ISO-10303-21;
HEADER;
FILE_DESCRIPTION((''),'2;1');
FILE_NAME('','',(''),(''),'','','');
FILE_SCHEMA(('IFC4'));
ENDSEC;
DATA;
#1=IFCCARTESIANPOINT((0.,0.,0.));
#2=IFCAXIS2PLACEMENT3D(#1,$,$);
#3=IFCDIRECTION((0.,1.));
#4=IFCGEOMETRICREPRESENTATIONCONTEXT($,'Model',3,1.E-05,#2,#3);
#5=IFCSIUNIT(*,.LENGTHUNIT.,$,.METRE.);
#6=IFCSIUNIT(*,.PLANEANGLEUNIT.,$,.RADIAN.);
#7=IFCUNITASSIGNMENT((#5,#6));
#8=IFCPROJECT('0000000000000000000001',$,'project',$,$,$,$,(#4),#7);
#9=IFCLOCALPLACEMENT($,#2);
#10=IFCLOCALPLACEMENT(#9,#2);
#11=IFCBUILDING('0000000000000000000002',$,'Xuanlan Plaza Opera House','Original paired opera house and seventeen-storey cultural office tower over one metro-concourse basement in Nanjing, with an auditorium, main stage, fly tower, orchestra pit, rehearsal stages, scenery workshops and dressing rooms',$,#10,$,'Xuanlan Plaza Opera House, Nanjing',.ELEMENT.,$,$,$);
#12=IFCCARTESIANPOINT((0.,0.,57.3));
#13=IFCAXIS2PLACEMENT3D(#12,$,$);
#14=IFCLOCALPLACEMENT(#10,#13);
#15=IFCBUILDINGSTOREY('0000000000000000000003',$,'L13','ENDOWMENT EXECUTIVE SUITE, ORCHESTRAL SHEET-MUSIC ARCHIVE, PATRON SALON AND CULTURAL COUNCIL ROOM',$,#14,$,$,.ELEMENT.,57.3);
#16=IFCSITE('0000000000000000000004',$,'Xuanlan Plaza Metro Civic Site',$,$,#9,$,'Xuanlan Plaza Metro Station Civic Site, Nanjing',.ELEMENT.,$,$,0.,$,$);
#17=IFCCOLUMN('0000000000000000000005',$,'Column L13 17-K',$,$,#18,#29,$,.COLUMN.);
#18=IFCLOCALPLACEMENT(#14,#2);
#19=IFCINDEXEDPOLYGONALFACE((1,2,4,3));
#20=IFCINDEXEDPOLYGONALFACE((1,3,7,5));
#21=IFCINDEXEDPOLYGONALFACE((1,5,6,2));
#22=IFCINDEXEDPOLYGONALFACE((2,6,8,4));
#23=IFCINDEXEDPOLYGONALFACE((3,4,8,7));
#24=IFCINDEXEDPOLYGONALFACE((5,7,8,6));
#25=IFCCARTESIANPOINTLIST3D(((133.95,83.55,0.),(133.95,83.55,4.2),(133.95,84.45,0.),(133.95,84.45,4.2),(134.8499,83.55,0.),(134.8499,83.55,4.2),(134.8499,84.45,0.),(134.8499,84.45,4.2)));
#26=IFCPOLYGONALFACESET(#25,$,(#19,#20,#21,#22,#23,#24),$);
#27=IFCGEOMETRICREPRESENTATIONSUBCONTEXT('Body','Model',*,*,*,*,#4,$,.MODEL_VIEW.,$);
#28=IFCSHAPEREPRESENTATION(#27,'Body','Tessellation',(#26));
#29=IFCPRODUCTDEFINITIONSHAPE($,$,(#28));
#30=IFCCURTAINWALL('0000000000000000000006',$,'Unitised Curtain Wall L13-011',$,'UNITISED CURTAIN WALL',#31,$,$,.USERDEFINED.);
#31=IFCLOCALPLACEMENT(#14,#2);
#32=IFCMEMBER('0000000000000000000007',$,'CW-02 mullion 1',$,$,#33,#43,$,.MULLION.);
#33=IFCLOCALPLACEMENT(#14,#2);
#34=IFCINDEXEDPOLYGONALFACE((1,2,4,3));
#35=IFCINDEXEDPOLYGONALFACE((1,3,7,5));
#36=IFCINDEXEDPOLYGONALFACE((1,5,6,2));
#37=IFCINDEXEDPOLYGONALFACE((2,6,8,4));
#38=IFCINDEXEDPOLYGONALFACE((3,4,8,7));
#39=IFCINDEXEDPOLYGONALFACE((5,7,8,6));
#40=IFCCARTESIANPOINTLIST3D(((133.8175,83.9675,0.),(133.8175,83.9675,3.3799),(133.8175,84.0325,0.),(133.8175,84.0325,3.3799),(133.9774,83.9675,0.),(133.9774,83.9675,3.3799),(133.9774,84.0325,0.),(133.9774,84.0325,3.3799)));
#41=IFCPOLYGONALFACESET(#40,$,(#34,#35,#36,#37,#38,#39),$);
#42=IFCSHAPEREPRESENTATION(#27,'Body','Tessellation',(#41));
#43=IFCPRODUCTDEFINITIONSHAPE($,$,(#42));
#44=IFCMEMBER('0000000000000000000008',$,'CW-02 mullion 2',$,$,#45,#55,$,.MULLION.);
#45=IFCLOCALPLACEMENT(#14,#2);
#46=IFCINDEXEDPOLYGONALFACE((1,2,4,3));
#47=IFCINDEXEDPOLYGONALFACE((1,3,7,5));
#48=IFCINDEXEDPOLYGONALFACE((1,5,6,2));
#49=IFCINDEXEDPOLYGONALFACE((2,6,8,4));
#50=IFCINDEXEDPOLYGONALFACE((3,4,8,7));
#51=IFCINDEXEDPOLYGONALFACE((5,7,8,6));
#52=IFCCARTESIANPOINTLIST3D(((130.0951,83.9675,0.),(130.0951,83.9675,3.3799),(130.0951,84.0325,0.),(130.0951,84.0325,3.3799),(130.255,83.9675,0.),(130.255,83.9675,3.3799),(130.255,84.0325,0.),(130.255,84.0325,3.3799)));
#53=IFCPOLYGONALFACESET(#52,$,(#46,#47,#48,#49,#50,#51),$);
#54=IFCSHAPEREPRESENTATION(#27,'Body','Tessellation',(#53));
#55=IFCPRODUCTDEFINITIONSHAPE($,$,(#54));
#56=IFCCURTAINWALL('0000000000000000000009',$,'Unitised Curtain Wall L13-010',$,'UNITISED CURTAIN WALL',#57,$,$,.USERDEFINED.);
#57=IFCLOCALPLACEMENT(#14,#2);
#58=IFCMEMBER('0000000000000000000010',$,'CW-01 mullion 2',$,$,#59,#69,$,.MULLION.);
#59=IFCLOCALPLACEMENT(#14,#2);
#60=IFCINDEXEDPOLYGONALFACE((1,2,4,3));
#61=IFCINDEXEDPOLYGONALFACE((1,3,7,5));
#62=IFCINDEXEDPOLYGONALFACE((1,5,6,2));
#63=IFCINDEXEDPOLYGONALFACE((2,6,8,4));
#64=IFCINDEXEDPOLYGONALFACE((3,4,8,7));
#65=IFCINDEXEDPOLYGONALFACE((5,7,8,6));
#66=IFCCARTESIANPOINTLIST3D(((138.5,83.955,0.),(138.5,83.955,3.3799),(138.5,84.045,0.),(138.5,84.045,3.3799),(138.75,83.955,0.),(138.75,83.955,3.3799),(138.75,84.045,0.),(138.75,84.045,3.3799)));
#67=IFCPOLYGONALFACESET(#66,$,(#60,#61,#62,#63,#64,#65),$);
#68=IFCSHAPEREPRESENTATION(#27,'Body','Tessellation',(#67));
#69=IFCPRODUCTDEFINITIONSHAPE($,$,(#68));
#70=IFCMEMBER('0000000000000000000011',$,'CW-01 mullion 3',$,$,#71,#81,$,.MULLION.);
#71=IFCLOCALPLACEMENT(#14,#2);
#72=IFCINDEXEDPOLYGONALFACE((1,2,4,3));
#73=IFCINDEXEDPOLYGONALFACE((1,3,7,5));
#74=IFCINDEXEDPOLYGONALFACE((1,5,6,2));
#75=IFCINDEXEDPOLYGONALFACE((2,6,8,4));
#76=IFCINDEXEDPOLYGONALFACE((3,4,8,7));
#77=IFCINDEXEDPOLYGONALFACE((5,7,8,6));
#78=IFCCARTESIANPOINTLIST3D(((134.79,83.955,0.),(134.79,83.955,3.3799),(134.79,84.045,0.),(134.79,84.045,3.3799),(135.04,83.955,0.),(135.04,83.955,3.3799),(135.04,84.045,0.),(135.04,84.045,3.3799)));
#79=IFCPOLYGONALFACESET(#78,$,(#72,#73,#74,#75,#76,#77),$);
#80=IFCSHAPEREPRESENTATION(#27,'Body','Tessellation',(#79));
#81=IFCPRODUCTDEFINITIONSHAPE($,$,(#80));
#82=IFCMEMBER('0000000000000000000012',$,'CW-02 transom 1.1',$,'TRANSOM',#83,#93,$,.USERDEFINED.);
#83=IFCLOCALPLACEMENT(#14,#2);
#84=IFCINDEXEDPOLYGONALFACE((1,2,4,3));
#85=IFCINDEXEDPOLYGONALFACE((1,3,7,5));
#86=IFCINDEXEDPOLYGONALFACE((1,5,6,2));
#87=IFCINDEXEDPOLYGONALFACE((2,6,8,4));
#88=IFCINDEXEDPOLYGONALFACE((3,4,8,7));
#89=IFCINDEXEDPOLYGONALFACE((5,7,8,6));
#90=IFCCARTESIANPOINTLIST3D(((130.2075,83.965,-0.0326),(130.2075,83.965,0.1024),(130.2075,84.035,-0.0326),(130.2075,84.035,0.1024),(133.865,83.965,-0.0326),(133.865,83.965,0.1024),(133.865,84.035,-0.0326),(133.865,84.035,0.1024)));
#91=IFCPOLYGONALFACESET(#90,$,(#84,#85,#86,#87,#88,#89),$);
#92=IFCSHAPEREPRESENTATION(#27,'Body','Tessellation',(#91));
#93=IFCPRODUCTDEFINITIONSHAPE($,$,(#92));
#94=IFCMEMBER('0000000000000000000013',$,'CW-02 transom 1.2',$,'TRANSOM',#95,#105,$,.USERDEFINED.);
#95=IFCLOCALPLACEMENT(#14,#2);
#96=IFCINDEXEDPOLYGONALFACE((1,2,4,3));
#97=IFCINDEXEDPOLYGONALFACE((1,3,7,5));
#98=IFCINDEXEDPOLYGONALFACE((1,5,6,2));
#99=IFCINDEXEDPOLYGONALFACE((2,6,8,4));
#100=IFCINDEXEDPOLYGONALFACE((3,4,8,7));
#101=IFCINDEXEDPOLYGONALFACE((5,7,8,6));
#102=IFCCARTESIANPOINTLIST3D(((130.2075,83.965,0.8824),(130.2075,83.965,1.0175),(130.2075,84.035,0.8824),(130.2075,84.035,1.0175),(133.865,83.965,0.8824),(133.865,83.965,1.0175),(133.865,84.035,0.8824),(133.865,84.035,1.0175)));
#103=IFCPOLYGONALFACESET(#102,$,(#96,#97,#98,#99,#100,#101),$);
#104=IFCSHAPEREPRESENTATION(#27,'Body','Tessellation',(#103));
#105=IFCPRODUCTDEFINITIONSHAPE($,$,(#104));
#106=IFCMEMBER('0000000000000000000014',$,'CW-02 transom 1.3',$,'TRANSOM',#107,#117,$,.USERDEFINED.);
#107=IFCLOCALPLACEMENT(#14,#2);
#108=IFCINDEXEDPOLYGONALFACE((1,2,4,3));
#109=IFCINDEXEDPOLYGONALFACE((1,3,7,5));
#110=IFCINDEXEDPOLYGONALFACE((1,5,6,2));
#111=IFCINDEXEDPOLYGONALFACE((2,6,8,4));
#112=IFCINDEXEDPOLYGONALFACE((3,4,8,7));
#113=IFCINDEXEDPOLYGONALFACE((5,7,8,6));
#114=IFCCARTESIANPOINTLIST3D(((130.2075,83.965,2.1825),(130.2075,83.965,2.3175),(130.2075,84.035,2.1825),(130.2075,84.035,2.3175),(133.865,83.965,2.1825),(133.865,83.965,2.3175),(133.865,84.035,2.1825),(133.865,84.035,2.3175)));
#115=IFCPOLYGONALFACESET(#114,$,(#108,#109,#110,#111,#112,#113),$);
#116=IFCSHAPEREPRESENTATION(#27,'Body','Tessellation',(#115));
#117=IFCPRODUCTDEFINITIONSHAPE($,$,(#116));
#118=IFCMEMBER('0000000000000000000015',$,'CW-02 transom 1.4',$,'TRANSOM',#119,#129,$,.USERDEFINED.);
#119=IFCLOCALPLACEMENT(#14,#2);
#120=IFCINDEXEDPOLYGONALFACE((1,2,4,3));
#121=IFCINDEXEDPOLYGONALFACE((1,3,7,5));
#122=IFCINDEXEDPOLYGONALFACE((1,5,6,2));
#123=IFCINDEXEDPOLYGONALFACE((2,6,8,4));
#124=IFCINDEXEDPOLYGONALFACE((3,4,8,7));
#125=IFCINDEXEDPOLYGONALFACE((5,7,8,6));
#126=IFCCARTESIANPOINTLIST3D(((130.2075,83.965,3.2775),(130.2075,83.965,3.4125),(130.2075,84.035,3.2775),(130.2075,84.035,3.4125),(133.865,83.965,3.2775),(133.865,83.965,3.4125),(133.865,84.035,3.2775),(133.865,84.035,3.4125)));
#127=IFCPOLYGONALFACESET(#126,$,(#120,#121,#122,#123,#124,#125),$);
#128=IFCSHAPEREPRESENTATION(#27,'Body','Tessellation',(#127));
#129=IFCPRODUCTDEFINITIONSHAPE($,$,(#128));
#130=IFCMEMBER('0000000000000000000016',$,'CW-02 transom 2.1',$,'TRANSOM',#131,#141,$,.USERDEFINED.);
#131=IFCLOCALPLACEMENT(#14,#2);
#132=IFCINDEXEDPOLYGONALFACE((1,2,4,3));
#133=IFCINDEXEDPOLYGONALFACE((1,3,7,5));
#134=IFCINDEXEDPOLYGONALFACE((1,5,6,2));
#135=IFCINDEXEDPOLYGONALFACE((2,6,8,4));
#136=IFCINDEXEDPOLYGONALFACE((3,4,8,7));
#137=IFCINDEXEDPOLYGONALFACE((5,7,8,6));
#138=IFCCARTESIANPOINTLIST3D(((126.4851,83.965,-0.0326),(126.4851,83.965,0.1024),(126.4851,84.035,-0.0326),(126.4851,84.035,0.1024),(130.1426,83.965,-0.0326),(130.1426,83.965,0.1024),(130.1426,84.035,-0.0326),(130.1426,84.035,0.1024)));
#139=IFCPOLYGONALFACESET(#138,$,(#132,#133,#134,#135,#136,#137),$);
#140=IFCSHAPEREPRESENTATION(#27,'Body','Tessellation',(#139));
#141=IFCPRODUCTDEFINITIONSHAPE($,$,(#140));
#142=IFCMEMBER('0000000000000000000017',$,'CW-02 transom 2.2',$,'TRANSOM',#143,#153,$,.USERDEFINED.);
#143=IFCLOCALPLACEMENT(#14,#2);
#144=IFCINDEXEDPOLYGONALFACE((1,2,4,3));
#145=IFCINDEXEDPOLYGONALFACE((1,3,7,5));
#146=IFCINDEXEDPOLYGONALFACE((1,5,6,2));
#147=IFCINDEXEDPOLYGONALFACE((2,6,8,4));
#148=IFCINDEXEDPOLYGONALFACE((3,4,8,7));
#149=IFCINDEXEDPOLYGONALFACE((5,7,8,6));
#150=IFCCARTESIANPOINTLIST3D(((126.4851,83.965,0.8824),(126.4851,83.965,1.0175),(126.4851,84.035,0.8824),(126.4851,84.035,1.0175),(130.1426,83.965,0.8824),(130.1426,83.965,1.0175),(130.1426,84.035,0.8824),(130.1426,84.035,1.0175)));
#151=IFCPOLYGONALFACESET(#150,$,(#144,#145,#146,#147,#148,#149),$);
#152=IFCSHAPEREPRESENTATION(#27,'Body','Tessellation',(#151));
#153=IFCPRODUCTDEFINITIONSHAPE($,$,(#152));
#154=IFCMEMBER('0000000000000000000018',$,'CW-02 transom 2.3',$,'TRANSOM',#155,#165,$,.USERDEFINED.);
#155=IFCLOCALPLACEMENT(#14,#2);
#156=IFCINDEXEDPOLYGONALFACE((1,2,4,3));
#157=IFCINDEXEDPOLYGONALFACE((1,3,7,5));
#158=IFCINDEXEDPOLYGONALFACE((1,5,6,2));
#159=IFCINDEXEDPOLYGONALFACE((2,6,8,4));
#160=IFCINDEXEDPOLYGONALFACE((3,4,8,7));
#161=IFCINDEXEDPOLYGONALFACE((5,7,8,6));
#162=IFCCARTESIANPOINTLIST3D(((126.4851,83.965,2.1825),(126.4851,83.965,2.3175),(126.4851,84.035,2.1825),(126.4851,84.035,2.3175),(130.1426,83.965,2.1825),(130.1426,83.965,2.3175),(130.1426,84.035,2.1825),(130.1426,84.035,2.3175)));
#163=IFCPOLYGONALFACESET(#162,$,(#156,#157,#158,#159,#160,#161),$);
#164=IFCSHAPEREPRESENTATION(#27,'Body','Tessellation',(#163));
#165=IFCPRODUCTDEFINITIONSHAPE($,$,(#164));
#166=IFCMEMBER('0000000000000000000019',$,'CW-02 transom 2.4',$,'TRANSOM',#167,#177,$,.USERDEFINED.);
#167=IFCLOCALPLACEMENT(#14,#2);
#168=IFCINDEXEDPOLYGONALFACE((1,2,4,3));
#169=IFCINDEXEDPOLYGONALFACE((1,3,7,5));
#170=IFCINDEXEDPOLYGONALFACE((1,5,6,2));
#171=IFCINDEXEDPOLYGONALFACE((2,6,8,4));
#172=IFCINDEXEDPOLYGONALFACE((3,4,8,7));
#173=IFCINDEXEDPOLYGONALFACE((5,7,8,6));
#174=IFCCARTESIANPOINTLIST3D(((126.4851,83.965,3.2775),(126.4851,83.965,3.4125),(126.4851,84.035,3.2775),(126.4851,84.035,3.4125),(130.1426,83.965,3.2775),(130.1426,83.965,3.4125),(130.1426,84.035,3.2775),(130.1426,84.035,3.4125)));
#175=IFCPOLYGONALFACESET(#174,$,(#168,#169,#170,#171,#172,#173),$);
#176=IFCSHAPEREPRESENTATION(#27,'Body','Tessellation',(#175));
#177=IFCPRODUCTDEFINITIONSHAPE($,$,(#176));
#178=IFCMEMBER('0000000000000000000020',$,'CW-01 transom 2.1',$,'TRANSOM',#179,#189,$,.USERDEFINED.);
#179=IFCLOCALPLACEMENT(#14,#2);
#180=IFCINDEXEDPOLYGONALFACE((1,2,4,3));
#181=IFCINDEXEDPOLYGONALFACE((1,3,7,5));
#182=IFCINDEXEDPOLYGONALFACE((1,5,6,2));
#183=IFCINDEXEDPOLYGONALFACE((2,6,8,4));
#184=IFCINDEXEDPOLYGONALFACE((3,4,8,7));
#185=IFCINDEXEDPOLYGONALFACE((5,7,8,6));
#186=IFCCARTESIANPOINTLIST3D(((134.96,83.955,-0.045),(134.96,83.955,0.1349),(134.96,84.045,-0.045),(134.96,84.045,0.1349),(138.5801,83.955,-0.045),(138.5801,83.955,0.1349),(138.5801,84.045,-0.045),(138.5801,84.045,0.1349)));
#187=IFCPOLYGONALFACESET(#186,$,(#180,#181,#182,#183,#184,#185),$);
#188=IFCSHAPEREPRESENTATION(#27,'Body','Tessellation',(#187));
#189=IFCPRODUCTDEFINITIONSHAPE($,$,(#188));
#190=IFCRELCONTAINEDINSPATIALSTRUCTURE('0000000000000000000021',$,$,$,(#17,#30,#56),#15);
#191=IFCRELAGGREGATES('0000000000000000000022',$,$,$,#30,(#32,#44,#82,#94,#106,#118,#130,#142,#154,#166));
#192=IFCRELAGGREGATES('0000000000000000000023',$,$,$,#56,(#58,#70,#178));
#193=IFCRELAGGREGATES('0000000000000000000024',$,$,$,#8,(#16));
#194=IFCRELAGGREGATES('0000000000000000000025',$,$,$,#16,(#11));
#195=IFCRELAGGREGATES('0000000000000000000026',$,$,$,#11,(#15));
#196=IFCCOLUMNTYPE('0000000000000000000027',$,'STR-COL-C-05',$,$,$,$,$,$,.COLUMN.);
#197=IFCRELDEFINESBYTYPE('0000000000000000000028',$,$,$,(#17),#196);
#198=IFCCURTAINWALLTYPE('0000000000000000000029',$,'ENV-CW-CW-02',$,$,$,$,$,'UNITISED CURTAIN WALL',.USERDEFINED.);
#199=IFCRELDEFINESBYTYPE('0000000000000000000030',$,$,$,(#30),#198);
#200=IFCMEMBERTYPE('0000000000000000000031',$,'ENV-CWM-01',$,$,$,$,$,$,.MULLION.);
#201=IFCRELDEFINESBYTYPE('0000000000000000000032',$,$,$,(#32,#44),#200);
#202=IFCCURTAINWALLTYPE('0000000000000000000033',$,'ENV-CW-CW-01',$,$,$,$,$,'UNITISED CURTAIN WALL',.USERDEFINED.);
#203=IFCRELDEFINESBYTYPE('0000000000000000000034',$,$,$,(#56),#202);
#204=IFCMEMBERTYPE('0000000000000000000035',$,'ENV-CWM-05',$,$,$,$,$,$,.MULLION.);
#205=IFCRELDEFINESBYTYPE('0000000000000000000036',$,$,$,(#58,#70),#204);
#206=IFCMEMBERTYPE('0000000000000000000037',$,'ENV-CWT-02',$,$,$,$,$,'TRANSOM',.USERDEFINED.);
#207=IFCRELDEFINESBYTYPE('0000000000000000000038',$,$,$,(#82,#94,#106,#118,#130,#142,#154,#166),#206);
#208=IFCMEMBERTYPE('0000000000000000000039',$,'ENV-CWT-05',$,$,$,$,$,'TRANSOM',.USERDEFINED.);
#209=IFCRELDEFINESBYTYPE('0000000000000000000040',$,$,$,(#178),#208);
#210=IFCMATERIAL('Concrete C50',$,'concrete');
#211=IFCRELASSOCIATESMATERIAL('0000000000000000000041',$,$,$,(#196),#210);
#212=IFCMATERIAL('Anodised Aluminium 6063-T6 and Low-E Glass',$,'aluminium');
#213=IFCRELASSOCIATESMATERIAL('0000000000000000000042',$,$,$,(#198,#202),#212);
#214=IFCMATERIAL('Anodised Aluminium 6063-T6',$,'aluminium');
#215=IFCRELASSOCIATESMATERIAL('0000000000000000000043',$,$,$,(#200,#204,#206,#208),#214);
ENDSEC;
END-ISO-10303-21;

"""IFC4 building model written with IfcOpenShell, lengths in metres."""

from ifc_helpers import new_model, si_unit, direction, frame, origin, origin_2d, place, context, subcontext, project, spatial, rectangle, extrude, material, material_profile, profile_set, type_object, element, aggregate, save


model = new_model("IFC4")

# Units and contexts
model_context = context("Model", 3, precision=1e-05, world=origin(), true_north=direction((0.0, 1.0)))
body_context = subcontext(model_context, "Body", "Model", "MODEL_VIEW")
ifc_project = project(units=[si_unit("LENGTHUNIT", "METRE"), si_unit("PLANEANGLEUNIT", "RADIAN")], contexts=[model_context])

# Site, building, storey
site_placement = place(None, origin())
site = spatial("IfcSite", under=ifc_project, at=site_placement, Name="Xuanlan Plaza Metro Civic Site", LongName="Xuanlan Plaza Metro Station Civic Site, Nanjing", CompositionType="ELEMENT", RefElevation=0.0)
building_placement = place(site_placement, origin())
building = spatial("IfcBuilding", under=site, at=building_placement, Name="Xuanlan Plaza Opera House", Description="Original paired opera house and seventeen-storey cultural office tower over one metro-concourse basement in Nanjing, with an auditorium, main stage, fly tower, orchestra pit, rehearsal stages, scenery workshops and dressing rooms", LongName="Xuanlan Plaza Opera House, Nanjing", CompositionType="ELEMENT")
storey_placement = place(building_placement, frame((0.0, 0.0, 57.3)))
storey = spatial("IfcBuildingStorey", under=building, at=storey_placement, Name="L13", Description="ENDOWMENT EXECUTIVE SUITE, ORCHESTRAL SHEET-MUSIC ARCHIVE, PATRON SALON AND CULTURAL COUNCIL ROOM", CompositionType="ELEMENT", Elevation=57.3)

# Column
ifc_material_1 = material(Name="Concrete C50", Category="concrete")
ifc_material_profile_1 = material_profile(ifc_material_1, rectangle(XDim=0.8999, YDim=0.8999, at=origin_2d()), Name="RC-COL 900x900")
ifc_profile_set_1 = profile_set([ifc_material_profile_1], Name="Concrete C50")
column_type = type_object("IfcColumnType", Name="STR-COL-C-05", PredefinedType="COLUMN", material=ifc_profile_set_1)
column_placement = place(storey_placement, frame((134.3999, 84.0, 0.0), z_axis=(0.0, 0.0, 1.0), x_axis=(1.0, 0.0, 0.0)))
element("IfcColumn", 1, at=column_placement, inside=storey, type_object=column_type, Name="Column L13 17-K", PredefinedType="COLUMN", context=body_context, shape_type="SweptSolid", body=[
    extrude(rectangle(XDim=0.8999, YDim=0.8999, at=origin_2d()), origin(), (0.0, 0.0, 1.0), 4.2),
])

# Curtain walls, members
ifc_material_2 = material(Name="Anodised Aluminium 6063-T6 and Low-E Glass", Category="aluminium")
curtain_wall_type_1 = type_object("IfcCurtainWallType", Name="ENV-CW-CW-02", ElementType="UNITISED CURTAIN WALL", PredefinedType="USERDEFINED", material=ifc_material_2)
curtain_wall_1_placement = place(storey_placement, origin())
curtain_wall_1 = element("IfcCurtainWall", 2, at=curtain_wall_1_placement, inside=storey, type_object=curtain_wall_type_1, Name="Unitised Curtain Wall L13-011", ObjectType="UNITISED CURTAIN WALL", PredefinedType="USERDEFINED")
ifc_material_3 = material(Name="Anodised Aluminium 6063-T6", Category="aluminium")
ifc_material_profile_2 = material_profile(ifc_material_3, rectangle(XDim=0.0649, YDim=0.1599, at=origin_2d()), Name="ALU-M 65x160")
ifc_profile_set_2 = profile_set([ifc_material_profile_2], Name="Anodised Aluminium 6063-T6")
member_type_1 = type_object("IfcMemberType", Name="ENV-CWM-01", PredefinedType="MULLION", material=ifc_profile_set_2)
member_1_placement = place(storey_placement, frame((133.8975, 84.0, 0.0), z_axis=(0.0, 0.0, 1.0), x_axis=(0.0, -1.0, 0.0)))
member_1 = element("IfcMember", 3, at=member_1_placement, type_object=member_type_1, Name="CW-02 mullion 1", PredefinedType="MULLION", context=body_context, shape_type="SweptSolid", body=[
    extrude(rectangle(XDim=0.0649, YDim=0.1599, at=origin_2d()), origin(), (0.0, 0.0, 1.0), 3.3799),
])
member_2_placement = place(storey_placement, frame((130.175, 84.0, 0.0), z_axis=(0.0, 0.0, 1.0), x_axis=(0.0, -1.0, 0.0)))
member_2 = element("IfcMember", 4, at=member_2_placement, type_object=member_type_1, Name="CW-02 mullion 2", PredefinedType="MULLION", context=body_context, shape_type="SweptSolid", body=[
    extrude(rectangle(XDim=0.0649, YDim=0.1599, at=origin_2d()), origin(), (0.0, 0.0, 1.0), 3.3799),
])
curtain_wall_type_2 = type_object("IfcCurtainWallType", Name="ENV-CW-CW-01", ElementType="UNITISED CURTAIN WALL", PredefinedType="USERDEFINED", material=ifc_material_2)
curtain_wall_2_placement = place(storey_placement, origin())
curtain_wall_2 = element("IfcCurtainWall", 5, at=curtain_wall_2_placement, inside=storey, type_object=curtain_wall_type_2, Name="Unitised Curtain Wall L13-010", ObjectType="UNITISED CURTAIN WALL", PredefinedType="USERDEFINED")
ifc_material_profile_3 = material_profile(ifc_material_3, rectangle(XDim=0.0901, YDim=0.25, at=origin_2d()), Name="ALU-M 90x250")
ifc_profile_set_3 = profile_set([ifc_material_profile_3], Name="Anodised Aluminium 6063-T6")
member_type_2 = type_object("IfcMemberType", Name="ENV-CWM-05", PredefinedType="MULLION", material=ifc_profile_set_3)
member_3_placement = place(storey_placement, frame((138.625, 84.0, 0.0), z_axis=(0.0, 0.0, 1.0), x_axis=(0.0, -1.0, 0.0)))
member_3 = element("IfcMember", 6, at=member_3_placement, type_object=member_type_2, Name="CW-01 mullion 2", PredefinedType="MULLION", context=body_context, shape_type="SweptSolid", body=[
    extrude(rectangle(XDim=0.0901, YDim=0.25, at=origin_2d()), origin(), (0.0, 0.0, 1.0), 3.3799),
])
member_4_placement = place(storey_placement, frame((134.915, 84.0, 0.0), z_axis=(0.0, 0.0, 1.0), x_axis=(0.0, -1.0, 0.0)))
member_4 = element("IfcMember", 7, at=member_4_placement, type_object=member_type_2, Name="CW-01 mullion 3", PredefinedType="MULLION", context=body_context, shape_type="SweptSolid", body=[
    extrude(rectangle(XDim=0.0901, YDim=0.25, at=origin_2d()), origin(), (0.0, 0.0, 1.0), 3.3799),
])

# Members
ifc_material_profile_4 = material_profile(ifc_material_3, rectangle(XDim=0.0701, YDim=0.135, at=origin_2d()), Name="ALU-T 70x135")
ifc_profile_set_4 = profile_set([ifc_material_profile_4], Name="Anodised Aluminium 6063-T6")
member_type_3 = type_object("IfcMemberType", Name="ENV-CWT-02", ElementType="TRANSOM", PredefinedType="USERDEFINED", material=ifc_profile_set_4)
member_5_placement = place(storey_placement, frame((133.865, 84.0, 0.0349), z_axis=(-1.0, 0.0, 0.0), x_axis=(0.0, -1.0, 0.0)))
member_5 = element("IfcMember", 8, at=member_5_placement, type_object=member_type_3, Name="CW-02 transom 1.1", ObjectType="TRANSOM", PredefinedType="USERDEFINED", context=body_context, shape_type="SweptSolid", body=[
    extrude(rectangle(XDim=0.0701, YDim=0.135, at=origin_2d()), origin(), (0.0, 0.0, 1.0), 3.6575),
])
member_6_placement = place(storey_placement, frame((133.865, 84.0, 0.95), z_axis=(-1.0, 0.0, 0.0), x_axis=(0.0, -1.0, 0.0)))
member_6 = element("IfcMember", 9, at=member_6_placement, type_object=member_type_3, Name="CW-02 transom 1.2", ObjectType="TRANSOM", PredefinedType="USERDEFINED", context=body_context, shape_type="SweptSolid", body=[
    extrude(rectangle(XDim=0.0701, YDim=0.135, at=origin_2d()), origin(), (0.0, 0.0, 1.0), 3.6575),
])
member_7_placement = place(storey_placement, frame((133.865, 84.0, 2.25), z_axis=(-1.0, 0.0, 0.0), x_axis=(0.0, -1.0, 0.0)))
member_7 = element("IfcMember", 10, at=member_7_placement, type_object=member_type_3, Name="CW-02 transom 1.3", ObjectType="TRANSOM", PredefinedType="USERDEFINED", context=body_context, shape_type="SweptSolid", body=[
    extrude(rectangle(XDim=0.0701, YDim=0.135, at=origin_2d()), origin(), (0.0, 0.0, 1.0), 3.6575),
])
member_8_placement = place(storey_placement, frame((133.865, 84.0, 3.345), z_axis=(-1.0, 0.0, 0.0), x_axis=(0.0, -1.0, 0.0)))
member_8 = element("IfcMember", 11, at=member_8_placement, type_object=member_type_3, Name="CW-02 transom 1.4", ObjectType="TRANSOM", PredefinedType="USERDEFINED", context=body_context, shape_type="SweptSolid", body=[
    extrude(rectangle(XDim=0.0701, YDim=0.135, at=origin_2d()), origin(), (0.0, 0.0, 1.0), 3.6575),
])
member_9_placement = place(storey_placement, frame((130.1426, 84.0, 0.0349), z_axis=(-1.0, 0.0, 0.0), x_axis=(0.0, -1.0, 0.0)))
member_9 = element("IfcMember", 12, at=member_9_placement, type_object=member_type_3, Name="CW-02 transom 2.1", ObjectType="TRANSOM", PredefinedType="USERDEFINED", context=body_context, shape_type="SweptSolid", body=[
    extrude(rectangle(XDim=0.0701, YDim=0.135, at=origin_2d()), origin(), (0.0, 0.0, 1.0), 3.6575),
])
member_10_placement = place(storey_placement, frame((130.1426, 84.0, 0.95), z_axis=(-1.0, 0.0, 0.0), x_axis=(0.0, -1.0, 0.0)))
member_10 = element("IfcMember", 13, at=member_10_placement, type_object=member_type_3, Name="CW-02 transom 2.2", ObjectType="TRANSOM", PredefinedType="USERDEFINED", context=body_context, shape_type="SweptSolid", body=[
    extrude(rectangle(XDim=0.0701, YDim=0.135, at=origin_2d()), origin(), (0.0, 0.0, 1.0), 3.6575),
])
member_11_placement = place(storey_placement, frame((130.1426, 84.0, 2.25), z_axis=(-1.0, 0.0, 0.0), x_axis=(0.0, -1.0, 0.0)))
member_11 = element("IfcMember", 14, at=member_11_placement, type_object=member_type_3, Name="CW-02 transom 2.3", ObjectType="TRANSOM", PredefinedType="USERDEFINED", context=body_context, shape_type="SweptSolid", body=[
    extrude(rectangle(XDim=0.0701, YDim=0.135, at=origin_2d()), origin(), (0.0, 0.0, 1.0), 3.6575),
])
member_12_placement = place(storey_placement, frame((130.1426, 84.0, 3.345), z_axis=(-1.0, 0.0, 0.0), x_axis=(0.0, -1.0, 0.0)))
member_12 = element("IfcMember", 15, at=member_12_placement, type_object=member_type_3, Name="CW-02 transom 2.4", ObjectType="TRANSOM", PredefinedType="USERDEFINED", context=body_context, shape_type="SweptSolid", body=[
    extrude(rectangle(XDim=0.0701, YDim=0.135, at=origin_2d()), origin(), (0.0, 0.0, 1.0), 3.6575),
])
ifc_material_profile_5 = material_profile(ifc_material_3, rectangle(XDim=0.0901, YDim=0.1799, at=origin_2d()), Name="ALU-T 90x180")
ifc_profile_set_5 = profile_set([ifc_material_profile_5], Name="Anodised Aluminium 6063-T6")
member_type_4 = type_object("IfcMemberType", Name="ENV-CWT-05", ElementType="TRANSOM", PredefinedType="USERDEFINED", material=ifc_profile_set_5)
member_13_placement = place(storey_placement, frame((138.5801, 84.0, 0.0449), z_axis=(-1.0, 0.0, 0.0), x_axis=(0.0, -1.0, 0.0)))
member_13 = element("IfcMember", 16, at=member_13_placement, type_object=member_type_4, Name="CW-01 transom 2.1", ObjectType="TRANSOM", PredefinedType="USERDEFINED", context=body_context, shape_type="SweptSolid", body=[
    extrude(rectangle(XDim=0.0901, YDim=0.1799, at=origin_2d()), origin(), (0.0, 0.0, 1.0), 3.6201),
])

aggregate(curtain_wall_1, [member_1, member_2, member_5, member_6, member_7, member_8, member_9, member_10, member_11, member_12])
aggregate(curtain_wall_2, [member_3, member_4, member_13])

save(model, "model.ifc")
